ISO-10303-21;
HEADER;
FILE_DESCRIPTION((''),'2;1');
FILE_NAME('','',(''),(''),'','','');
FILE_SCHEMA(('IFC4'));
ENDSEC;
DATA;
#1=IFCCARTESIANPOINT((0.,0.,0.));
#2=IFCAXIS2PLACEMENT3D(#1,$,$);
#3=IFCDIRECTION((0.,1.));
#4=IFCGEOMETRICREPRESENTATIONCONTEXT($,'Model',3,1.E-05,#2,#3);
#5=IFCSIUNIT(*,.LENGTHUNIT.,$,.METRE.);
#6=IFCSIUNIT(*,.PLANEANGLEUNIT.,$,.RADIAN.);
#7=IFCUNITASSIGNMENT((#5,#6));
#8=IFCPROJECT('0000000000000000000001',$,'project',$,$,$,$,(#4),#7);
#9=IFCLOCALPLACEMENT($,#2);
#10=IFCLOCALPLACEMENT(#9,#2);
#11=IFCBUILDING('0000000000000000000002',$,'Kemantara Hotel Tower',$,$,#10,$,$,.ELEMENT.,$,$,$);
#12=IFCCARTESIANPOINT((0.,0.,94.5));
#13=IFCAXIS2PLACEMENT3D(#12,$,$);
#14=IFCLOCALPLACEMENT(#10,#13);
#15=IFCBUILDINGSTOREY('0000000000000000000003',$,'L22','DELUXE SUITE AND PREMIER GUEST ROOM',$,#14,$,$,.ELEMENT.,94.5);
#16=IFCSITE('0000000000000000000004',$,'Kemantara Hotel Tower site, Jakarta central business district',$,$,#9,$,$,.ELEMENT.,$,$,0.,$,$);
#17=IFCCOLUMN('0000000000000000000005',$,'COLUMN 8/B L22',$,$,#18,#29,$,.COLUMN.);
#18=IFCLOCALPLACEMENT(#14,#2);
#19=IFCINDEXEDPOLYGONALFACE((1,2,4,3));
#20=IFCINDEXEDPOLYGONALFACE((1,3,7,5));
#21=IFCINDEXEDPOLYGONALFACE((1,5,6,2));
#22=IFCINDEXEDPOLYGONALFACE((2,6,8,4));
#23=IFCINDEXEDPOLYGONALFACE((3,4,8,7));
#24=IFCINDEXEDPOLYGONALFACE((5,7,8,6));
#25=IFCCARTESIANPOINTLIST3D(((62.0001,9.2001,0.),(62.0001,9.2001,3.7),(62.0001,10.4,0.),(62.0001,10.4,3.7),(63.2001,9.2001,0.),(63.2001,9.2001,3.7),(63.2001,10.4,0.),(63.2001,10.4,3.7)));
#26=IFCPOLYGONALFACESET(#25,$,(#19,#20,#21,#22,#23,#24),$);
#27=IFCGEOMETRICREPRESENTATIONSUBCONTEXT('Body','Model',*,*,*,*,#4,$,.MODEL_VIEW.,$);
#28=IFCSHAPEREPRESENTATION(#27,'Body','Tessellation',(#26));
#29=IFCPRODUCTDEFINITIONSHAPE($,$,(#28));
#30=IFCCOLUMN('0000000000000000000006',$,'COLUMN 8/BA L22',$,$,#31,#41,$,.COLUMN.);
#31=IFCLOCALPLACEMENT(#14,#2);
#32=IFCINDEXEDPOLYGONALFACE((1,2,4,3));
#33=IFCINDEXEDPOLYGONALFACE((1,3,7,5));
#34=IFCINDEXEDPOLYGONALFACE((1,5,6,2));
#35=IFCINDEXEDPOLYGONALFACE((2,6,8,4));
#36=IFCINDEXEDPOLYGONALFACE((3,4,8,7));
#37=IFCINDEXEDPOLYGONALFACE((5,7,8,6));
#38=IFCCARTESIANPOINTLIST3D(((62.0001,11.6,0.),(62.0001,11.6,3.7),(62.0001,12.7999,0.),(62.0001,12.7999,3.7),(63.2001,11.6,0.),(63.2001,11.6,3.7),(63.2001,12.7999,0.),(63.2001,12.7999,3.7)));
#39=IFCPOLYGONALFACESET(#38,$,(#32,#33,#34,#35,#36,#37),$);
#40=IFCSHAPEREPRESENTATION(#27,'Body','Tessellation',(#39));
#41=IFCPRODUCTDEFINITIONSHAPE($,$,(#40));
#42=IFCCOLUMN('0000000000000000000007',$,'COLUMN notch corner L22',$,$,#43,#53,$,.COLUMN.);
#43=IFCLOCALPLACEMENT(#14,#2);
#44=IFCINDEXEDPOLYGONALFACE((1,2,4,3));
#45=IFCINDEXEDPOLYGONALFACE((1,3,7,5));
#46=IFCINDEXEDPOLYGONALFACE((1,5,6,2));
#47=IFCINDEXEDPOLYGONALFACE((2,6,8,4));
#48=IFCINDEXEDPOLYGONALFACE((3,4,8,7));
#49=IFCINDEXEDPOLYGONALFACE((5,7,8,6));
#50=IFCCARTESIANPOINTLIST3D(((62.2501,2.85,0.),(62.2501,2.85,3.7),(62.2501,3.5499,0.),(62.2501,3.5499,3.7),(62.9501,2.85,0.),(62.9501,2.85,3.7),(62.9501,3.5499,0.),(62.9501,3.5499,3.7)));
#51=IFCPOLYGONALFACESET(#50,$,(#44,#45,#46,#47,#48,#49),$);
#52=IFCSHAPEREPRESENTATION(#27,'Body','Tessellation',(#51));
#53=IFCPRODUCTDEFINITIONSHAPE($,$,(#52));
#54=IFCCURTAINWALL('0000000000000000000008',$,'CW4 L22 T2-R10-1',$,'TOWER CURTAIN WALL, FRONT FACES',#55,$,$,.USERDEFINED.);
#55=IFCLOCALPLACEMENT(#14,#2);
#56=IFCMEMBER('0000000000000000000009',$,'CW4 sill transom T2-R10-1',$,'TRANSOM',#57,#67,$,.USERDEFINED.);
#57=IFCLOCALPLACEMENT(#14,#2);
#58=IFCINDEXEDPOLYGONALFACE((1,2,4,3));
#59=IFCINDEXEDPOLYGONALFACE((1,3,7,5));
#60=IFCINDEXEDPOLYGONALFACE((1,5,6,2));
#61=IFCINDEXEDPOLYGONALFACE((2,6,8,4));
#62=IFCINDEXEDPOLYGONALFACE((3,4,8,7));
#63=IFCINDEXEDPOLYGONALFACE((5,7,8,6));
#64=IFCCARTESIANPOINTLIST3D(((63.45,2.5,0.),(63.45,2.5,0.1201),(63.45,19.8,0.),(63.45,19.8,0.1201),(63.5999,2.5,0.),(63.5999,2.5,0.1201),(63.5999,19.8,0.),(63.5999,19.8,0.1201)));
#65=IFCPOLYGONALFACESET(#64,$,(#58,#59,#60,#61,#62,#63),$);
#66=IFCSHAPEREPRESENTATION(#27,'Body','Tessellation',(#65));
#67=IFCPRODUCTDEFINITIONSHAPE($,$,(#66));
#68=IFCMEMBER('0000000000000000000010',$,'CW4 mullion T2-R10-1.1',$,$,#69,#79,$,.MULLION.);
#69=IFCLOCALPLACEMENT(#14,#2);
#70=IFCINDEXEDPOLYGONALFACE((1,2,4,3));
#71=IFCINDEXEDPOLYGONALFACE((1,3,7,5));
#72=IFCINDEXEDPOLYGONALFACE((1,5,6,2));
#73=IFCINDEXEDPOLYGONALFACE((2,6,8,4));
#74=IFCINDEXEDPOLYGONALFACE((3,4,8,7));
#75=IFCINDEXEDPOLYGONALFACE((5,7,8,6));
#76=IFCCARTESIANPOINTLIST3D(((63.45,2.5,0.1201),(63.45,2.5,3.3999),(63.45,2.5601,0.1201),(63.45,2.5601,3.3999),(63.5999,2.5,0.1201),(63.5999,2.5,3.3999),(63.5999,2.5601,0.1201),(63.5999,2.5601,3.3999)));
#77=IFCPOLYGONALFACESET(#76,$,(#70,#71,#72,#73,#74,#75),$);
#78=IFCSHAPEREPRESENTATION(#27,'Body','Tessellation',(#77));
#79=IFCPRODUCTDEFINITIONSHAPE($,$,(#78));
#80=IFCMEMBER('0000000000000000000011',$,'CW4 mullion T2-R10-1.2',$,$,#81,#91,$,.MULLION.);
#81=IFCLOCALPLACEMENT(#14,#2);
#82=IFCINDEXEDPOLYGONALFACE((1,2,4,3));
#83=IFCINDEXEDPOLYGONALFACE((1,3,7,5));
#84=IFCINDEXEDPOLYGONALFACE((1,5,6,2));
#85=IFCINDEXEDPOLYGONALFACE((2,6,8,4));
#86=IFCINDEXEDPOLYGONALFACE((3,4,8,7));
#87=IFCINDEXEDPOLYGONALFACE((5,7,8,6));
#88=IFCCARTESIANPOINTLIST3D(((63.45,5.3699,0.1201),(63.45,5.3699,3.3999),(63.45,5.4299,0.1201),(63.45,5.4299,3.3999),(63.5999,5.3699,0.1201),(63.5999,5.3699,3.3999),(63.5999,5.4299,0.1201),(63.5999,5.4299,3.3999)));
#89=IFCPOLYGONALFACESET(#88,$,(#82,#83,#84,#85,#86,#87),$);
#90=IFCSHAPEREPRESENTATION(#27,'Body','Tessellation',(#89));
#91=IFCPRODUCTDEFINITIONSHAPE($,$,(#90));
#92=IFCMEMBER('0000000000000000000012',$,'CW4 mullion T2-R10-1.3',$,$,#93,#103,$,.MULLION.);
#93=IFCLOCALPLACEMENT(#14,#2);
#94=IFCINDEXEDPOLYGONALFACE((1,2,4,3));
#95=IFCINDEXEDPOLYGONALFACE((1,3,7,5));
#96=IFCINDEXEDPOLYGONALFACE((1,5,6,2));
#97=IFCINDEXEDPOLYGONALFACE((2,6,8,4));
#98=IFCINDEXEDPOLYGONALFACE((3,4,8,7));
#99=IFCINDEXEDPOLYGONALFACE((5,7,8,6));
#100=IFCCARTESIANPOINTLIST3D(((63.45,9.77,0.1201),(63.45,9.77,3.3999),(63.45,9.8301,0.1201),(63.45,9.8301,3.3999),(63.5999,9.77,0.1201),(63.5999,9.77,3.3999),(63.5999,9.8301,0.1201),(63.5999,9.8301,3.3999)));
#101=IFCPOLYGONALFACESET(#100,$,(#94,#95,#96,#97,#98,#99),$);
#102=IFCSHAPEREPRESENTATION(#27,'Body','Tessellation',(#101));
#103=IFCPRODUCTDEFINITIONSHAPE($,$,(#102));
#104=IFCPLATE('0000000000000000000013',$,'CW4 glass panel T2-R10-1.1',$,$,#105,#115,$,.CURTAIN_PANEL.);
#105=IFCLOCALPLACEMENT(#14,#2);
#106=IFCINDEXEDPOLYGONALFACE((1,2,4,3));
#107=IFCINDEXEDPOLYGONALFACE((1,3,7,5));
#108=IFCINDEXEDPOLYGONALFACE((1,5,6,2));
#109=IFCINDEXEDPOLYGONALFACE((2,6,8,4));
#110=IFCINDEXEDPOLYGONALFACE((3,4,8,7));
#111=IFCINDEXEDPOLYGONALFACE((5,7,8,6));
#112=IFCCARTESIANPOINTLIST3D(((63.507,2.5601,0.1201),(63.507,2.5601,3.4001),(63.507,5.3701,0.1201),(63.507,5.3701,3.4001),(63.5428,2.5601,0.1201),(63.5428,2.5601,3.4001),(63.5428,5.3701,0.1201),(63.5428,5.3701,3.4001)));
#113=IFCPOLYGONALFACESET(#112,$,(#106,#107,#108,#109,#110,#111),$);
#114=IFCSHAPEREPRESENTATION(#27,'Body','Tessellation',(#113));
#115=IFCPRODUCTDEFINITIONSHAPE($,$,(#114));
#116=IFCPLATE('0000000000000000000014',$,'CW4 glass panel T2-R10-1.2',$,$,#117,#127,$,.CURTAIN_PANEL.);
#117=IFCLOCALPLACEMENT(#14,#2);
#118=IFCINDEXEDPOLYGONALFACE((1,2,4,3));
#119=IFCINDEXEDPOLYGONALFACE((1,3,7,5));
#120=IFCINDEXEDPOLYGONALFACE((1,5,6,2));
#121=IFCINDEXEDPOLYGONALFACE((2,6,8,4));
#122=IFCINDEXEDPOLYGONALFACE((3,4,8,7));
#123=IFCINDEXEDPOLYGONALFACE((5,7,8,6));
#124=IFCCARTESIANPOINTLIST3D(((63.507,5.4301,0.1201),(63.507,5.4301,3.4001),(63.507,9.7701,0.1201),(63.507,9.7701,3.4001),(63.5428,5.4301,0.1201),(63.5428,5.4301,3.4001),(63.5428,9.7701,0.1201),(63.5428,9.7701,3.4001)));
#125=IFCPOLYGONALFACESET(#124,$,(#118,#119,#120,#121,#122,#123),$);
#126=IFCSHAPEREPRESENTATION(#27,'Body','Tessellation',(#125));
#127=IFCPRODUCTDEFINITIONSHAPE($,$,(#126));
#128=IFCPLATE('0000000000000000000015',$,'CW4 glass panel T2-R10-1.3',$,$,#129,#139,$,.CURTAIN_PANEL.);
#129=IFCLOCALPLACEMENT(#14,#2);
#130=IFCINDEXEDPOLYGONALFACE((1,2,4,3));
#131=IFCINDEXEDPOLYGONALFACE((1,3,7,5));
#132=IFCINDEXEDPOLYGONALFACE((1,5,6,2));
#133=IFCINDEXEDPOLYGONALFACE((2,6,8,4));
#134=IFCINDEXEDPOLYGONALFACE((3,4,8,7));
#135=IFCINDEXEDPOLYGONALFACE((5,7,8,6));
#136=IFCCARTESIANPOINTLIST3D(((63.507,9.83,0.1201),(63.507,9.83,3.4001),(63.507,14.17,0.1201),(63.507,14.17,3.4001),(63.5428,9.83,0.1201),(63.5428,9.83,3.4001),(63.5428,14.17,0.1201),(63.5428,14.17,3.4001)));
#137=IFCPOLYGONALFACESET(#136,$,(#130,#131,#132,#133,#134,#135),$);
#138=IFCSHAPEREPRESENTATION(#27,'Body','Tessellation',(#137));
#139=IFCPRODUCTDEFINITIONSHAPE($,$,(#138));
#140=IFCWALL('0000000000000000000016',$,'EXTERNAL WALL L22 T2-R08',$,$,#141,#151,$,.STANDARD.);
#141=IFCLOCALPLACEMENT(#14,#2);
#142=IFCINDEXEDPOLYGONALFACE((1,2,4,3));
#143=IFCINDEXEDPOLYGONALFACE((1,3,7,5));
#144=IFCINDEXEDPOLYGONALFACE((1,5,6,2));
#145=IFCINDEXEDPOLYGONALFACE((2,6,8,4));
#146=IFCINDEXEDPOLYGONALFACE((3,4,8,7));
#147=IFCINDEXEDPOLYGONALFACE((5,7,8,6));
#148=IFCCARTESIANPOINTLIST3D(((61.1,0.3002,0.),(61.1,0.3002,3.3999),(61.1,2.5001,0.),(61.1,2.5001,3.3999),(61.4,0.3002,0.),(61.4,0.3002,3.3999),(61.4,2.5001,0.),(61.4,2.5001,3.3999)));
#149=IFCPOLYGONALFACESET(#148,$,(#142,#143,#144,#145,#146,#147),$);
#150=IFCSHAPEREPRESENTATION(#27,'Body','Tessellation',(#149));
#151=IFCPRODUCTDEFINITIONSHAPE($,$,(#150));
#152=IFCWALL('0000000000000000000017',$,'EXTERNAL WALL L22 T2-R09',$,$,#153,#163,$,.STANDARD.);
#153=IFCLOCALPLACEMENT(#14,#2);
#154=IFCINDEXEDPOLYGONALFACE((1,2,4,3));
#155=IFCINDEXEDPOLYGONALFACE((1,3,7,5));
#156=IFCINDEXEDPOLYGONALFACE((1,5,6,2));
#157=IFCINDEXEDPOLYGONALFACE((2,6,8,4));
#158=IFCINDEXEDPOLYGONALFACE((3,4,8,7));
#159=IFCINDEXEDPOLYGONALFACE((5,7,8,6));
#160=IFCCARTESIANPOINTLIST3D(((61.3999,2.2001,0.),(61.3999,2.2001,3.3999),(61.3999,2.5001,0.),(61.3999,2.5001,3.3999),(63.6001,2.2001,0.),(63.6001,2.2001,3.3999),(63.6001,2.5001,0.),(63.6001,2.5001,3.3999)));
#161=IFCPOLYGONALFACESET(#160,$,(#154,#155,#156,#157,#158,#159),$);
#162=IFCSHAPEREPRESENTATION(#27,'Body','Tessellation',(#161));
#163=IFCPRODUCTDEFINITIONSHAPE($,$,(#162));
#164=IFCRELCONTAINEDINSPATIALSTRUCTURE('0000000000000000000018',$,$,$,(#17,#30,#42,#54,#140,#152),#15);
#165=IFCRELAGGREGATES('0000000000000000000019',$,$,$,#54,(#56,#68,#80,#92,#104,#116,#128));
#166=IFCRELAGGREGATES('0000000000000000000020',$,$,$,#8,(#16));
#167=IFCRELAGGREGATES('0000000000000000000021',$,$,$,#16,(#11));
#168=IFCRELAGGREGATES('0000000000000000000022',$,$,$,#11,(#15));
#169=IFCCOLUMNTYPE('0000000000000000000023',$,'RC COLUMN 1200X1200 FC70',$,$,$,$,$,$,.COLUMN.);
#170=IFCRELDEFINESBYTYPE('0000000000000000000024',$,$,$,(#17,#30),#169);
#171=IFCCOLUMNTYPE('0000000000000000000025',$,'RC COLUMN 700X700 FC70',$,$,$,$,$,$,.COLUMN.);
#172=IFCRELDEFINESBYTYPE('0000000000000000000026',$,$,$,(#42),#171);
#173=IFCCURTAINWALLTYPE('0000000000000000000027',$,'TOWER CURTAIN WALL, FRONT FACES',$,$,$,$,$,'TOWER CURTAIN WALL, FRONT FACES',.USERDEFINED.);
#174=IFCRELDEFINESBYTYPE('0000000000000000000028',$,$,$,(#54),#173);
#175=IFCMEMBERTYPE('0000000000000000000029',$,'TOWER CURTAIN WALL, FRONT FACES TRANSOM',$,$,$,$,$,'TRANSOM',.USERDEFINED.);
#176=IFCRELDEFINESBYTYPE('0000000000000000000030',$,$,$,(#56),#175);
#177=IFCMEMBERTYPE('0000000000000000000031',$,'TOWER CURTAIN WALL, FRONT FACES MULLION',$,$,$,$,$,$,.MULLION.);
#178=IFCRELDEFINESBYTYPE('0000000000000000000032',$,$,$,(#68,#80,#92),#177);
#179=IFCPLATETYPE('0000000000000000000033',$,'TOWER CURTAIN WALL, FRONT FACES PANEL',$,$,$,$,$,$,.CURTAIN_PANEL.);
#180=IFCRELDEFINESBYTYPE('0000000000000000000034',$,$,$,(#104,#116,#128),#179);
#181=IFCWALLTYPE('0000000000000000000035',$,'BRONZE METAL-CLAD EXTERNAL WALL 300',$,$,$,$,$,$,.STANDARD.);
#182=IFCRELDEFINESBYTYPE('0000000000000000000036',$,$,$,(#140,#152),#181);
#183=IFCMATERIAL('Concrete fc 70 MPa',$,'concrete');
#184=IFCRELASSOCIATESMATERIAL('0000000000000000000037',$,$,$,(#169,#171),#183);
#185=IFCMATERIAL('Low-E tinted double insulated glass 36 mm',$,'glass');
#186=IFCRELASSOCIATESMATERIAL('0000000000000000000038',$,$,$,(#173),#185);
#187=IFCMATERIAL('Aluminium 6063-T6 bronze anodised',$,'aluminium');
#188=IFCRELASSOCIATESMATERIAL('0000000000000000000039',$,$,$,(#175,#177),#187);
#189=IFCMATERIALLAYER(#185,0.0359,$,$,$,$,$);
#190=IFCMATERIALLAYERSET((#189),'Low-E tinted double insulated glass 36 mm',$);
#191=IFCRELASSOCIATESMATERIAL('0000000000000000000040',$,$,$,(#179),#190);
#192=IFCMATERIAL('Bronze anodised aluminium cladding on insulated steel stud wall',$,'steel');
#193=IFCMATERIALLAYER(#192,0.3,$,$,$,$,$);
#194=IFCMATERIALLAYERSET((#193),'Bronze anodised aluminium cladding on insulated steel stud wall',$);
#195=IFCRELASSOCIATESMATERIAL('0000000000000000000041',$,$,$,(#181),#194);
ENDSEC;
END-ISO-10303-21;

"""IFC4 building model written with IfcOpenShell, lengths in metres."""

from ifc_helpers import new_model, si_unit, direction, frame, frame_2d, origin, origin_2d, place, context, subcontext, project, spatial, rectangle, extrude, source, transform, mapped, material, layer, layer_set, material_profile, profile_set, type_object, element, aggregate, save


model = new_model("IFC4")

# Units and contexts
model_context = context("Model", 3, precision=1e-05, world=origin(), true_north=direction((0.0, 1.0)))
body_context = subcontext(model_context, "Body", "Model", "MODEL_VIEW")
ifc_project = project(units=[si_unit("LENGTHUNIT", "METRE"), si_unit("PLANEANGLEUNIT", "RADIAN")], contexts=[model_context])

# Site, building, storey
site_placement = place(None, origin())
site = spatial("IfcSite", under=ifc_project, at=site_placement, Name="Kemantara Hotel Tower site, Jakarta central business district", CompositionType="ELEMENT", RefElevation=0.0)
building_placement = place(site_placement, origin())
building = spatial("IfcBuilding", under=site, at=building_placement, Name="Kemantara Hotel Tower", CompositionType="ELEMENT")
storey_placement = place(building_placement, frame((0.0, 0.0, 94.5)))
storey = spatial("IfcBuildingStorey", under=building, at=storey_placement, Name="L22", Description="DELUXE SUITE AND PREMIER GUEST ROOM", CompositionType="ELEMENT", Elevation=94.5)

# Columns
ifc_material_1 = material(Name="Concrete fc 70 MPa", Category="concrete")
ifc_material_profile_1 = material_profile(ifc_material_1, rectangle(XDim=1.2, YDim=1.2, at=origin_2d()), Name="RC 1200X1200")
ifc_profile_set_1 = profile_set([ifc_material_profile_1], Name="Concrete fc 70 MPa")
column_type_1 = type_object("IfcColumnType", Name="RC COLUMN 1200X1200 FC70", PredefinedType="COLUMN", material=ifc_profile_set_1)
for number, where, z_axis, x_axis, name in (
    (1, (62.6001, 9.8, 0.0), (0.0, 0.0, 1.0), (1.0, 0.0, 0.0), "COLUMN 8/B L22"),
    (2, (62.6001, 12.2, 0.0), (0.0, 0.0, 1.0), (1.0, 0.0, 0.0), "COLUMN 8/BA L22"),
):
    element("IfcColumn", number, at=place(storey_placement, frame(where, z_axis=z_axis, x_axis=x_axis)), inside=storey, type_object=column_type_1, Name=name, PredefinedType="COLUMN", context=body_context, shape_type="SweptSolid", body=[
        extrude(rectangle(XDim=1.2, YDim=1.2, at=origin_2d()), origin(), (0.0, 0.0, 1.0), 3.7),
    ])
ifc_material_profile_2 = material_profile(ifc_material_1, rectangle(XDim=0.7, YDim=0.7, at=origin_2d()), Name="RC 700X700")
ifc_profile_set_2 = profile_set([ifc_material_profile_2], Name="Concrete fc 70 MPa")
column_type_2 = type_object("IfcColumnType", Name="RC COLUMN 700X700 FC70", PredefinedType="COLUMN", material=ifc_profile_set_2)
column_placement = place(storey_placement, frame((62.6001, 3.2, 0.0), z_axis=(0.0, 0.0, 1.0), x_axis=(1.0, 0.0, 0.0)))
element("IfcColumn", 3, at=column_placement, inside=storey, type_object=column_type_2, Name="COLUMN notch corner L22", PredefinedType="COLUMN", context=body_context, shape_type="SweptSolid", body=[
    extrude(rectangle(XDim=0.7, YDim=0.7, at=origin_2d()), origin(), (0.0, 0.0, 1.0), 3.7),
])

# Curtain wall, members, plates
ifc_material_2 = material(Name="Low-E tinted double insulated glass 36 mm", Category="glass")
curtain_wall_type = type_object("IfcCurtainWallType", Name="TOWER CURTAIN WALL, FRONT FACES", ElementType="TOWER CURTAIN WALL, FRONT FACES", PredefinedType="USERDEFINED", material=ifc_material_2)
curtain_wall_placement = place(storey_placement, origin())
curtain_wall = element("IfcCurtainWall", 4, at=curtain_wall_placement, inside=storey, type_object=curtain_wall_type, Name="CW4 L22 T2-R10-1", ObjectType="TOWER CURTAIN WALL, FRONT FACES", PredefinedType="USERDEFINED")
ifc_material_3 = material(Name="Aluminium 6063-T6 bronze anodised", Category="aluminium")
ifc_material_profile_3 = material_profile(ifc_material_3, rectangle(XDim=0.1499, YDim=0.1201, at=origin_2d()), Name="TOWER CURTAIN WALL, FRONT FACES TRANSOM")
ifc_profile_set_3 = profile_set([ifc_material_profile_3], Name="Aluminium 6063-T6 bronze anodised")
member_type_1 = type_object("IfcMemberType", Name="TOWER CURTAIN WALL, FRONT FACES TRANSOM", ElementType="TRANSOM", PredefinedType="USERDEFINED", material=ifc_profile_set_3)
member_1_placement = place(storey_placement, frame((63.5249, 2.5, 0.0601), z_axis=(0.0, 1.0, 0.0), x_axis=(-1.0, 0.0, 0.0)))
member_1 = element("IfcMember", 5, at=member_1_placement, type_object=member_type_1, Name="CW4 sill transom T2-R10-1", ObjectType="TRANSOM", PredefinedType="USERDEFINED", context=body_context, shape_type="SweptSolid", body=[
    extrude(rectangle(XDim=0.1499, YDim=0.1201, at=origin_2d()), origin(), (0.0, 0.0, 1.0), 17.3),
])
ifc_material_profile_4 = material_profile(ifc_material_3, rectangle(XDim=0.1499, YDim=0.0601, at=origin_2d()), Name="TOWER CURTAIN WALL, FRONT FACES MULLION")
ifc_profile_set_4 = profile_set([ifc_material_profile_4], Name="Aluminium 6063-T6 bronze anodised")
member_type_2 = type_object("IfcMemberType", Name="TOWER CURTAIN WALL, FRONT FACES MULLION", PredefinedType="MULLION", material=ifc_profile_set_4)
shared_shape_1 = source(origin(), body_context, "Body", "SweptSolid", [
    extrude(rectangle(XDim=0.1499, YDim=0.0601, at=origin_2d()), origin(), (0.0, 0.0, 1.0), 3.2798),
])
member_2_placement = place(storey_placement, frame((63.5249, 2.53, 0.1201), z_axis=(0.0, 0.0, 1.0), x_axis=(-1.0, 0.0, 0.0)))
member_2 = element("IfcMember", 6, at=member_2_placement, type_object=member_type_2, Name="CW4 mullion T2-R10-1.1", PredefinedType="MULLION", context=body_context, shape_type="MappedRepresentation", body=[
    mapped(shared_shape_1, transform((0.0, 0.0, 0.0))),
])
member_3_placement = place(storey_placement, frame((63.5249, 5.3999, 0.1201), z_axis=(0.0, 0.0, 1.0), x_axis=(-1.0, 0.0, 0.0)))
member_3 = element("IfcMember", 7, at=member_3_placement, type_object=member_type_2, Name="CW4 mullion T2-R10-1.2", PredefinedType="MULLION", context=body_context, shape_type="MappedRepresentation", body=[
    mapped(shared_shape_1, transform((0.0, 0.0, 0.0))),
])
member_4_placement = place(storey_placement, frame((63.5249, 9.8, 0.1201), z_axis=(0.0, 0.0, 1.0), x_axis=(-1.0, 0.0, 0.0)))
member_4 = element("IfcMember", 8, at=member_4_placement, type_object=member_type_2, Name="CW4 mullion T2-R10-1.3", PredefinedType="MULLION", context=body_context, shape_type="MappedRepresentation", body=[
    mapped(shared_shape_1, transform((0.0, 0.0, 0.0))),
])
ifc_layer_1 = layer(ifc_material_2, 0.0359)
ifc_layer_set_1 = layer_set([ifc_layer_1], Name="Low-E tinted double insulated glass 36 mm")
plate_type = type_object("IfcPlateType", Name="TOWER CURTAIN WALL, FRONT FACES PANEL", PredefinedType="CURTAIN_PANEL", material=ifc_layer_set_1)
shared_shape_2 = source(origin(), body_context, "Body", "SweptSolid", [
    extrude(rectangle(XDim=2.8101, YDim=0.0359, at=origin_2d()), origin(), (0.0, 0.0, 1.0), 3.28),
])
plate_1_placement = place(storey_placement, frame((63.5249, 3.9651, 0.1201), z_axis=(0.0, 0.0, 1.0), x_axis=(0.0, 1.0, 0.0)))
plate_1 = element("IfcPlate", 9, at=plate_1_placement, type_object=plate_type, Name="CW4 glass panel T2-R10-1.1", PredefinedType="CURTAIN_PANEL", context=body_context, shape_type="MappedRepresentation", body=[
    mapped(shared_shape_2, transform((0.0, 0.0, 0.0))),
])
shared_shape_3 = source(origin(), body_context, "Body", "SweptSolid", [
    extrude(rectangle(XDim=4.3401, YDim=0.0359, at=origin_2d()), origin(), (0.0, 0.0, 1.0), 3.28),
])
plate_2_placement = place(storey_placement, frame((63.5249, 7.6001, 0.1201), z_axis=(0.0, 0.0, 1.0), x_axis=(0.0, 1.0, 0.0)))
plate_2 = element("IfcPlate", 10, at=plate_2_placement, type_object=plate_type, Name="CW4 glass panel T2-R10-1.2", PredefinedType="CURTAIN_PANEL", context=body_context, shape_type="MappedRepresentation", body=[
    mapped(shared_shape_3, transform((0.0, 0.0, 0.0))),
])
plate_3_placement = place(storey_placement, frame((63.5249, 12.0, 0.1201), z_axis=(0.0, 0.0, 1.0), x_axis=(0.0, 1.0, 0.0)))
plate_3 = element("IfcPlate", 11, at=plate_3_placement, type_object=plate_type, Name="CW4 glass panel T2-R10-1.3", PredefinedType="CURTAIN_PANEL", context=body_context, shape_type="MappedRepresentation", body=[
    mapped(shared_shape_3, transform((0.0, 0.0, 0.0))),
])
aggregate(curtain_wall, [member_1, member_2, member_3, member_4, plate_1, plate_2, plate_3])

# Walls
ifc_material_4 = material(Name="Bronze anodised aluminium cladding on insulated steel stud wall", Category="steel")
ifc_layer_2 = layer(ifc_material_4, 0.3)
ifc_layer_set_2 = layer_set([ifc_layer_2], Name="Bronze anodised aluminium cladding on insulated steel stud wall")
wall_type_1 = type_object("IfcWallType", Name="BRONZE METAL-CLAD EXTERNAL WALL 300", PredefinedType="STANDARD", material=ifc_layer_set_2)
wall_1_placement = place(storey_placement, frame((61.25, 0.3, 0.0), z_axis=(0.0, 0.0, 1.0), x_axis=(0.0, 1.0, 0.0)))
element("IfcWall", 12, at=wall_1_placement, inside=storey, type_object=wall_type_1, Name="EXTERNAL WALL L22 T2-R08", PredefinedType="STANDARD", context=body_context, shape_type="SweptSolid", body=[
    extrude(rectangle(XDim=2.2, YDim=0.3, at=frame_2d((1.1001, 0.0))), origin(), (0.0, 0.0, 1.0), 3.3999),
])
wall_2_placement = place(storey_placement, frame((61.3999, 2.3501, 0.0), z_axis=(0.0, 0.0, 1.0), x_axis=(1.0, 0.0, 0.0)))
element("IfcWall", 13, at=wall_2_placement, inside=storey, type_object=wall_type_1, Name="EXTERNAL WALL L22 T2-R09", PredefinedType="STANDARD", context=body_context, shape_type="SweptSolid", body=[
    extrude(rectangle(XDim=2.2002, YDim=0.3, at=frame_2d((1.1001, 0.0))), origin(), (0.0, 0.0, 1.0), 3.3999),
])

save(model, "model.ifc")
